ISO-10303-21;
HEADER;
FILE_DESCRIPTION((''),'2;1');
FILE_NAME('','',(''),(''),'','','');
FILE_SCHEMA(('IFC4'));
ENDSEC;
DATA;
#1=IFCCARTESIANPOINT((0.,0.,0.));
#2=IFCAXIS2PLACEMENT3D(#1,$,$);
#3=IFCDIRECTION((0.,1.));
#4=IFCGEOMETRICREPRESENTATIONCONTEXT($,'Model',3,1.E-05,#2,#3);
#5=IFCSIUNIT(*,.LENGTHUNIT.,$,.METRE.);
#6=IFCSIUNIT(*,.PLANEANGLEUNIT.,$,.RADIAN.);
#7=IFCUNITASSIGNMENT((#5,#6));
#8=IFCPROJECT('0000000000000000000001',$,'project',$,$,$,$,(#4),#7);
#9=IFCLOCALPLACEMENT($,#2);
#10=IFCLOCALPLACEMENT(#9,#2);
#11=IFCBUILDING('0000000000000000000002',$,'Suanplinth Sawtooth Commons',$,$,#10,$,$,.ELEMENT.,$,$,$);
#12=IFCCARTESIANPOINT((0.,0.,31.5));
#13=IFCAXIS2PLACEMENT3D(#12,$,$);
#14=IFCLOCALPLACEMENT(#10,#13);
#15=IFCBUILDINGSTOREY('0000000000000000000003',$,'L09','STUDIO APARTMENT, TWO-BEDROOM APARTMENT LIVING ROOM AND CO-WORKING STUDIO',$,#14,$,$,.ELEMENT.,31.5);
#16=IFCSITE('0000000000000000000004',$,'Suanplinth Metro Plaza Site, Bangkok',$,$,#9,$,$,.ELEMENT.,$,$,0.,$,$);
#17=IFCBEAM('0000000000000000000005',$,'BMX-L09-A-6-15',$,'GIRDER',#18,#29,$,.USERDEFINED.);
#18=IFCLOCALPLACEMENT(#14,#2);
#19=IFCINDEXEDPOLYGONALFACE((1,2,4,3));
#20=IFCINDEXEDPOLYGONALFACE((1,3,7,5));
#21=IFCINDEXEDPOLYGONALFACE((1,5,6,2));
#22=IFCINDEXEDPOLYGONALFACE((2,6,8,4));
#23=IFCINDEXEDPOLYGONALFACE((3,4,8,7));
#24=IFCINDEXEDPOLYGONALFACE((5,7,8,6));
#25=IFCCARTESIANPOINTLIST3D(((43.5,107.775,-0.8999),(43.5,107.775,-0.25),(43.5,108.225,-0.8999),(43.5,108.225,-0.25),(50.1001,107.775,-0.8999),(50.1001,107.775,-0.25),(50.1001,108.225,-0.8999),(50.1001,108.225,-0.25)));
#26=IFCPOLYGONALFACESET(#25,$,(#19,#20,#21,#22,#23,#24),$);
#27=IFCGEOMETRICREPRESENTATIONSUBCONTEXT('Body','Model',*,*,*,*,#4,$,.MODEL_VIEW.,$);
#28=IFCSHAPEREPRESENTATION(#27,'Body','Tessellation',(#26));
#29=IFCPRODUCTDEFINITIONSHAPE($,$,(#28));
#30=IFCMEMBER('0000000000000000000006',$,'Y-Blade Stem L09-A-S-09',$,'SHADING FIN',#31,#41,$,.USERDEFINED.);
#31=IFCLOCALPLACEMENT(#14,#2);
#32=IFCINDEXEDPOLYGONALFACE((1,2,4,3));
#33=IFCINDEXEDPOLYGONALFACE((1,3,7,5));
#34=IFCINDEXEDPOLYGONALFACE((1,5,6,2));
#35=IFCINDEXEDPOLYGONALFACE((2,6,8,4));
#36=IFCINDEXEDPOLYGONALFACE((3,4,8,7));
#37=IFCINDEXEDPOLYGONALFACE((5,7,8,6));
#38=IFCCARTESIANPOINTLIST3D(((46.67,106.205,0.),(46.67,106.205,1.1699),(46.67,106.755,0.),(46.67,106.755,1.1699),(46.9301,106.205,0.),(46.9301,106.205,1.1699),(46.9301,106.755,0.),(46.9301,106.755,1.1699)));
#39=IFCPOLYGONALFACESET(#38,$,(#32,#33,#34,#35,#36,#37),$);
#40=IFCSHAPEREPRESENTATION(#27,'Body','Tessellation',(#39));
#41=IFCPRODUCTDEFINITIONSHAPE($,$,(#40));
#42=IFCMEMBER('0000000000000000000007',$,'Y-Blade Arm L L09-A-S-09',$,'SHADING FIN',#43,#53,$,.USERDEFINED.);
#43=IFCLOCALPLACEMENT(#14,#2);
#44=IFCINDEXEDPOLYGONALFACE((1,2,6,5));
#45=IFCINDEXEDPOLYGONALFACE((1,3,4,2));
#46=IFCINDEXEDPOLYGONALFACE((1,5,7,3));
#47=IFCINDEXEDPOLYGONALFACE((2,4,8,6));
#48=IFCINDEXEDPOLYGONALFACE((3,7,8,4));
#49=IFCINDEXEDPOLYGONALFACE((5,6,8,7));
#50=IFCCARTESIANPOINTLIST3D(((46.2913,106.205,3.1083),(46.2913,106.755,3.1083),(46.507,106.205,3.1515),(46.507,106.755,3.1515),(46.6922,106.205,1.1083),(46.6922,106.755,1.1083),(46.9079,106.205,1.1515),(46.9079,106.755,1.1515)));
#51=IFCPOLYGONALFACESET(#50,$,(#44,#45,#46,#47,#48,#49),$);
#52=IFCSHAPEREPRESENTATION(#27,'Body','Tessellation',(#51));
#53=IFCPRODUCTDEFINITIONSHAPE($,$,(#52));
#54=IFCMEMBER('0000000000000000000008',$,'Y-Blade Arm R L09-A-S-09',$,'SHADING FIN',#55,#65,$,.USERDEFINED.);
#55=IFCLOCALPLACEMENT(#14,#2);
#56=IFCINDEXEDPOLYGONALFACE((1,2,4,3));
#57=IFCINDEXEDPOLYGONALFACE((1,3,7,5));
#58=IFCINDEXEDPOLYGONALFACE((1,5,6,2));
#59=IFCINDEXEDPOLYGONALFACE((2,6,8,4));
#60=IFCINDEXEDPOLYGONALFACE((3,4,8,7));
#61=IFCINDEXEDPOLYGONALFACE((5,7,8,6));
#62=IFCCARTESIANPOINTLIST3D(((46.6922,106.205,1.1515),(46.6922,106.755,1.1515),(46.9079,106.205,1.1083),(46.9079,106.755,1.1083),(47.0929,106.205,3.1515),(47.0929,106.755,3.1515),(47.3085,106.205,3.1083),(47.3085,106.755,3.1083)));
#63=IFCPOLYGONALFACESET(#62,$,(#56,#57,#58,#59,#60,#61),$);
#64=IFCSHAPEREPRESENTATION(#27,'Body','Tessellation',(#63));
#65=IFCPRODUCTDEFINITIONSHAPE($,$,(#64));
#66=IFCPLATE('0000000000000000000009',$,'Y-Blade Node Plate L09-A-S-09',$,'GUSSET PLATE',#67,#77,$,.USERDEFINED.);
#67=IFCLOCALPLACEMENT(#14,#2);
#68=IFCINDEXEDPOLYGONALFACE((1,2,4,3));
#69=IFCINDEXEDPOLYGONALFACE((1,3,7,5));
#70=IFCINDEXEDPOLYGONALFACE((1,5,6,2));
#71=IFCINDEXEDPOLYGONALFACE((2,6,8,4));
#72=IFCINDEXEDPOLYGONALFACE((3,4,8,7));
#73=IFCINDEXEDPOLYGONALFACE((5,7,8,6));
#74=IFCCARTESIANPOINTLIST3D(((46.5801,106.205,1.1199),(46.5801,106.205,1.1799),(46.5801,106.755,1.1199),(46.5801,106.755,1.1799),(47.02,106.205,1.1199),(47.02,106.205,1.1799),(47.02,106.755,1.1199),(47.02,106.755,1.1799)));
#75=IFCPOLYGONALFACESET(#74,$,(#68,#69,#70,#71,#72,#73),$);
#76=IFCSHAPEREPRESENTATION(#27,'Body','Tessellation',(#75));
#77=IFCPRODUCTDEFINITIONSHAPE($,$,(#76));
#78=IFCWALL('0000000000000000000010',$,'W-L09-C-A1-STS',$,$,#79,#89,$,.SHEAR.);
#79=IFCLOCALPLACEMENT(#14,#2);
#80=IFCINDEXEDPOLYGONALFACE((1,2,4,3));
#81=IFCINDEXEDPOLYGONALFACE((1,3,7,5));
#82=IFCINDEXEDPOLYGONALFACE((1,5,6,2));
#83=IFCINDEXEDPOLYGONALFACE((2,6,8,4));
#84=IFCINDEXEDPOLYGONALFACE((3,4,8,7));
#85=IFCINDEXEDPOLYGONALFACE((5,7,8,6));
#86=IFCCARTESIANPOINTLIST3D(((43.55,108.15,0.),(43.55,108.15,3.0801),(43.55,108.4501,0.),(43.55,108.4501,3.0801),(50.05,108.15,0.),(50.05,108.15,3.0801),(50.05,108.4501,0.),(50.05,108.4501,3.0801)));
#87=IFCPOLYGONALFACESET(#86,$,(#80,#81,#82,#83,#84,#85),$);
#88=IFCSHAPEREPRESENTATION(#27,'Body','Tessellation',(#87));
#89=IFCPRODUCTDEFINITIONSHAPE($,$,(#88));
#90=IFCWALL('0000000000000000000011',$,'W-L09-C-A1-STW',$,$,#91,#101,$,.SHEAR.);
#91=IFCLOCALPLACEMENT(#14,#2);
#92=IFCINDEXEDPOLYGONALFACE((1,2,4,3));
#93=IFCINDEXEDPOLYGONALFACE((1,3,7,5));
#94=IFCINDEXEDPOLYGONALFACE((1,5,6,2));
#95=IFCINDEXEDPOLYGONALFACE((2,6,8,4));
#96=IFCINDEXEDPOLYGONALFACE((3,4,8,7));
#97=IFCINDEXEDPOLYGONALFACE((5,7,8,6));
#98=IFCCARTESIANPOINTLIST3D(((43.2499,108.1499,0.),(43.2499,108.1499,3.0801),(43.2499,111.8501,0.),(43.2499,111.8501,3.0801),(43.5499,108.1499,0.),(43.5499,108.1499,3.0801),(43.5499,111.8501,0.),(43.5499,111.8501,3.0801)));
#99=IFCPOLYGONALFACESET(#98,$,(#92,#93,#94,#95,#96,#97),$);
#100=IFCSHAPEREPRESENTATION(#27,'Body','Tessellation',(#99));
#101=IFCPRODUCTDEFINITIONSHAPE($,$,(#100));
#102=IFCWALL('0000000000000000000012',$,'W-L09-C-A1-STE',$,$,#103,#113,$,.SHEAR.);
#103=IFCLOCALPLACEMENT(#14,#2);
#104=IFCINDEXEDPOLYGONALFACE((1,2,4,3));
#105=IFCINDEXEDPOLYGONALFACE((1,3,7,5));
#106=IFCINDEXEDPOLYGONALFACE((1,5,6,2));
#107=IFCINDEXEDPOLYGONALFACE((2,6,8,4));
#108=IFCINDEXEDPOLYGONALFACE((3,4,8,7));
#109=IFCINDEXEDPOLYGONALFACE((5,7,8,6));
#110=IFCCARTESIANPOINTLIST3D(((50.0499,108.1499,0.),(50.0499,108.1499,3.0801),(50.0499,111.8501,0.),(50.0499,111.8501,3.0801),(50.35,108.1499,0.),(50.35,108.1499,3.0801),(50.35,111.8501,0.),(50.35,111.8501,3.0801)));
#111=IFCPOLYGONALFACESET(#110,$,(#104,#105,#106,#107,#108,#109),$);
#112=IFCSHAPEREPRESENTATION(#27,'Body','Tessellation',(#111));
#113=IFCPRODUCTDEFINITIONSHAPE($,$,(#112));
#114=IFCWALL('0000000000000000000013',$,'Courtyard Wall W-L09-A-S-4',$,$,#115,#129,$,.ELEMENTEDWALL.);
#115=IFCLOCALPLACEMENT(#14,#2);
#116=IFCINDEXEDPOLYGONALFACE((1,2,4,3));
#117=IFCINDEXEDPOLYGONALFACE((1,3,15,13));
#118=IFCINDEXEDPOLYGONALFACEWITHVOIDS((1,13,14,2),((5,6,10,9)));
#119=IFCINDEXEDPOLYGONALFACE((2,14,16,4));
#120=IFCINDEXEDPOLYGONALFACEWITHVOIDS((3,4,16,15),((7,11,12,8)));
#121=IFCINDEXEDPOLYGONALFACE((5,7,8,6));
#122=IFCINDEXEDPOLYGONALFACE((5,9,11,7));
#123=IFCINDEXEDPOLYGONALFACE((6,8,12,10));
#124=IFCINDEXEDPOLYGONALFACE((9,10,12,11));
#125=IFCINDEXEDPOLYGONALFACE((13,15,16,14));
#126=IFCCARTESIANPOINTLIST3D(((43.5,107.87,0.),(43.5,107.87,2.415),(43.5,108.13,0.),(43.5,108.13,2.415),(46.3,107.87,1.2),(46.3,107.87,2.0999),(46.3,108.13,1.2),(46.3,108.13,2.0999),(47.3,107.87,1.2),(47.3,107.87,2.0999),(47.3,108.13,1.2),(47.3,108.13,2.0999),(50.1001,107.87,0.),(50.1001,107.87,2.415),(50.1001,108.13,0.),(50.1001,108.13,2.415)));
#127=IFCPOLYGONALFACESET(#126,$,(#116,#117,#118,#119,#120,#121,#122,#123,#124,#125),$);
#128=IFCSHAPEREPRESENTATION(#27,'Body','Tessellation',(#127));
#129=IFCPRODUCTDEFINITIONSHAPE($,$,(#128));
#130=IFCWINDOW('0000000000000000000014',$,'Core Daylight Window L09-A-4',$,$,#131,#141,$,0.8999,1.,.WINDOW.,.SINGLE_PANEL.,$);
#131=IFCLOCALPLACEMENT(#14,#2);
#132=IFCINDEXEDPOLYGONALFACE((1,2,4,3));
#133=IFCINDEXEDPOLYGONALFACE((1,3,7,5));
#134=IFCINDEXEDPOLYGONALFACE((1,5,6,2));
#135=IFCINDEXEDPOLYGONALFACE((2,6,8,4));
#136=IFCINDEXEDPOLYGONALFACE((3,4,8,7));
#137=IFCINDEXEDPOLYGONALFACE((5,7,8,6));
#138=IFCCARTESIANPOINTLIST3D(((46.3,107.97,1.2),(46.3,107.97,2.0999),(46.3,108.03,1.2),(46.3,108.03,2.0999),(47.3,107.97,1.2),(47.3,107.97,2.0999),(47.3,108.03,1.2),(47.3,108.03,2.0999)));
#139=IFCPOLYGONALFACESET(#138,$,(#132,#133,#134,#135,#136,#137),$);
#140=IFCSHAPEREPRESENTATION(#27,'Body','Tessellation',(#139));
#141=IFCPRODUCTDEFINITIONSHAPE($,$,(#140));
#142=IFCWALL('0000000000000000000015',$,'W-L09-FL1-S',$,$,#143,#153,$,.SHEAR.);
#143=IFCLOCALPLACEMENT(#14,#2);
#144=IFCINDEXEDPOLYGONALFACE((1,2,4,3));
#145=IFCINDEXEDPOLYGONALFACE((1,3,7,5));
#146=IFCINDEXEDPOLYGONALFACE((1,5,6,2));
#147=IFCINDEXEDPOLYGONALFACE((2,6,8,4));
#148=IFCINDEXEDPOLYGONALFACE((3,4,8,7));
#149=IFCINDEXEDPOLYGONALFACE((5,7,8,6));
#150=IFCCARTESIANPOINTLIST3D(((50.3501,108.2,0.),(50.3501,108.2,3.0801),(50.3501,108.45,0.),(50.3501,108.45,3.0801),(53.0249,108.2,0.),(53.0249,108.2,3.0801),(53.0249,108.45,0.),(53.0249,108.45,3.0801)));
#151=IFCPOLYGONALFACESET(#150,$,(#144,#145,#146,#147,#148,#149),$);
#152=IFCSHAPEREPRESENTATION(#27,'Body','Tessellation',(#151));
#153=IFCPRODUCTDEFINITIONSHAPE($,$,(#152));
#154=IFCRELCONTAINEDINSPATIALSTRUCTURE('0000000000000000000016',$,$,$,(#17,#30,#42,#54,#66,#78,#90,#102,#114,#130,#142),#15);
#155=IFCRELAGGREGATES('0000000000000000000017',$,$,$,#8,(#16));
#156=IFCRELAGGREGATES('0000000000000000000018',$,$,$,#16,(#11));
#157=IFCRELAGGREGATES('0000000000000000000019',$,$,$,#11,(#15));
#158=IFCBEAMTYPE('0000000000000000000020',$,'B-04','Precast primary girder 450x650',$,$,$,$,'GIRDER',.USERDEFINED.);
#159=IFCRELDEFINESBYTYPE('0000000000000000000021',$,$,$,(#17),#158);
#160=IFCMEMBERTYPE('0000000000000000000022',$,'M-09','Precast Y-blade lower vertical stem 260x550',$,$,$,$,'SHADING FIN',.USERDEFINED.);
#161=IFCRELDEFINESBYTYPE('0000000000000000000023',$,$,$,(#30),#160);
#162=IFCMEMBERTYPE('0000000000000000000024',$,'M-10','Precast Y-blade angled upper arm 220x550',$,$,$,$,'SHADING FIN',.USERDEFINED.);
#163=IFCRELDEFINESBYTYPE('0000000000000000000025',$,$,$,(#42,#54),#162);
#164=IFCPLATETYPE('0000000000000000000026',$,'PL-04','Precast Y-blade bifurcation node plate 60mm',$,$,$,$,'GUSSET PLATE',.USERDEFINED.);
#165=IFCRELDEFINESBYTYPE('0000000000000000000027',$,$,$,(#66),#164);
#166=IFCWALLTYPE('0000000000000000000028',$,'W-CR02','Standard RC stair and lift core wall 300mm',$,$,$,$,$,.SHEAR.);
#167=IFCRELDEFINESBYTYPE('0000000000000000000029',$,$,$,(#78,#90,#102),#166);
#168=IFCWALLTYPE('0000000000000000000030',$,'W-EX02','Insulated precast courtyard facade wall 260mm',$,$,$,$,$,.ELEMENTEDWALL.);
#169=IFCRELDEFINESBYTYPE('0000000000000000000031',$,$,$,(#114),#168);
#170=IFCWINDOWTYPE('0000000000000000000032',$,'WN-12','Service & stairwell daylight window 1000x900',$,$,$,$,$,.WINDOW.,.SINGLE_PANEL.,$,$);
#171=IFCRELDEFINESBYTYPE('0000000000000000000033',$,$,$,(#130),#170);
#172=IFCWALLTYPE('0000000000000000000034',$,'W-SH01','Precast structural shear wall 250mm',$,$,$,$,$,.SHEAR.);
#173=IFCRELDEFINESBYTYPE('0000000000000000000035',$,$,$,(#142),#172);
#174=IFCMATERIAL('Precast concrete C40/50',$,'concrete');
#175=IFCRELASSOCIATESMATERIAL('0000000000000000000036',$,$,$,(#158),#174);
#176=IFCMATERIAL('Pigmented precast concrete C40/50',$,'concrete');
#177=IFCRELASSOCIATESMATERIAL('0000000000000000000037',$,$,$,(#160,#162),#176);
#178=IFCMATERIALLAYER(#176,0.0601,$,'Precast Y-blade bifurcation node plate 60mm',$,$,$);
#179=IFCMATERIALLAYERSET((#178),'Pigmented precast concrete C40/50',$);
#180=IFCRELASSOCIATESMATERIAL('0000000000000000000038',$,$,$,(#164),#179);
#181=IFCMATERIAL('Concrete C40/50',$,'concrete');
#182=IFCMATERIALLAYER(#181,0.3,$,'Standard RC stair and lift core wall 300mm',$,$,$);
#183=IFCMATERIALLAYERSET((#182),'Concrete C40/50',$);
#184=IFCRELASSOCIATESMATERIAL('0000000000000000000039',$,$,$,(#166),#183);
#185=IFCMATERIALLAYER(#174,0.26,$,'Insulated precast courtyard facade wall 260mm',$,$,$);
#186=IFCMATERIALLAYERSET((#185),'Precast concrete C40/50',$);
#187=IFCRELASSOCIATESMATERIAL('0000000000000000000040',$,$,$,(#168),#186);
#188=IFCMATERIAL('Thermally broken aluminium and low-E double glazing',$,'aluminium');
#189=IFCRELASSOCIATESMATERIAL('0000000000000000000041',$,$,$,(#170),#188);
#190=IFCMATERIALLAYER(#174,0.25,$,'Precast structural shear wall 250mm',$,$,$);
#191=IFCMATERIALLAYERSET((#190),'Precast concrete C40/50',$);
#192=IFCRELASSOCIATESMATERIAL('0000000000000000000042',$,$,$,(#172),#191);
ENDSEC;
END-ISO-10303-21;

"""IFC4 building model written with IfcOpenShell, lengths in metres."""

from ifc_helpers import new_model, si_unit, direction, frame, frame_2d, origin, origin_2d, place, context, subcontext, project, spatial, rectangle, extrude, material, layer, layer_set, material_profile, profile_set, type_object, element, fill, save


model = new_model("IFC4")

# Units and contexts
model_context = context("Model", 3, precision=1e-05, world=origin(), true_north=direction((0.0, 1.0)))
body_context = subcontext(model_context, "Body", "Model", "MODEL_VIEW")
ifc_project = project(units=[si_unit("LENGTHUNIT", "METRE"), si_unit("PLANEANGLEUNIT", "RADIAN")], contexts=[model_context])

# Site, building, storey
site_placement = place(None, origin())
site = spatial("IfcSite", under=ifc_project, at=site_placement, Name="Suanplinth Metro Plaza Site, Bangkok", CompositionType="ELEMENT", RefElevation=0.0)
building_placement = place(site_placement, origin())
building = spatial("IfcBuilding", under=site, at=building_placement, Name="Suanplinth Sawtooth Commons", CompositionType="ELEMENT")
storey_placement = place(building_placement, frame((0.0, 0.0, 31.5)))
storey = spatial("IfcBuildingStorey", under=building, at=storey_placement, Name="L09", Description="STUDIO APARTMENT, TWO-BEDROOM APARTMENT LIVING ROOM AND CO-WORKING STUDIO", CompositionType="ELEMENT", Elevation=31.5)

# Beam
ifc_material_1 = material(Name="Precast concrete C40/50", Category="concrete")
ifc_material_profile_1 = material_profile(ifc_material_1, rectangle(XDim=0.45, YDim=0.6499, at=origin_2d()), Name="PC-GDR 450x650")
ifc_profile_set_1 = profile_set([ifc_material_profile_1], Name="Precast concrete C40/50")
beam_type = type_object("IfcBeamType", Name="B-04", Description="Precast primary girder 450x650", ElementType="GIRDER", PredefinedType="USERDEFINED", material=ifc_profile_set_1)
beam_placement = place(storey_placement, frame((43.5, 108.0, -0.575), z_axis=(1.0, 0.0, 0.0), x_axis=(0.0, 1.0, 0.0)))
element("IfcBeam", 1, at=beam_placement, inside=storey, type_object=beam_type, Name="BMX-L09-A-6-15", ObjectType="GIRDER", PredefinedType="USERDEFINED", context=body_context, shape_type="SweptSolid", body=[
    extrude(rectangle(XDim=0.45, YDim=0.6499, at=origin_2d()), origin(), (0.0, 0.0, 1.0), 6.6001),
])

# Members
ifc_material_2 = material(Name="Pigmented precast concrete C40/50", Category="concrete")
ifc_material_profile_2 = material_profile(ifc_material_2, rectangle(XDim=0.26, YDim=0.55, at=origin_2d()), Name="PC-FIN 260x550")
ifc_profile_set_2 = profile_set([ifc_material_profile_2], Name="Pigmented precast concrete C40/50")
member_type_1 = type_object("IfcMemberType", Name="M-09", Description="Precast Y-blade lower vertical stem 260x550", ElementType="SHADING FIN", PredefinedType="USERDEFINED", material=ifc_profile_set_2)
member_placement = place(storey_placement, frame((46.8, 106.48, 0.0), z_axis=(0.0, 0.0, 1.0), x_axis=(1.0, 0.0, 0.0)))
element("IfcMember", 2, at=member_placement, inside=storey, type_object=member_type_1, Name="Y-Blade Stem L09-A-S-09", ObjectType="SHADING FIN", PredefinedType="USERDEFINED", context=body_context, shape_type="SweptSolid", body=[
    extrude(rectangle(XDim=0.26, YDim=0.55, at=origin_2d()), origin(), (0.0, 0.0, 1.0), 1.1699),
])
ifc_material_profile_3 = material_profile(ifc_material_2, rectangle(XDim=0.22, YDim=0.55, at=origin_2d()), Name="PC-FIN 220x550")
ifc_profile_set_3 = profile_set([ifc_material_profile_3], Name="Pigmented precast concrete C40/50")
member_type_2 = type_object("IfcMemberType", Name="M-10", Description="Precast Y-blade angled upper arm 220x550", ElementType="SHADING FIN", PredefinedType="USERDEFINED", material=ifc_profile_set_3)
for number, where, z_axis, x_axis, name in (
    (3, (46.8, 106.48, 1.1299), (-0.19653, 0.0, 0.980498), (0.980498, 0.0, 0.19653), "Y-Blade Arm L L09-A-S-09"),
    (4, (46.8, 106.48, 1.1299), (0.196415, 0.0, 0.980521), (-0.980521, 0.0, 0.196415), "Y-Blade Arm R L09-A-S-09"),
):
    element("IfcMember", number, at=place(storey_placement, frame(where, z_axis=z_axis, x_axis=x_axis)), inside=storey, type_object=member_type_2, Name=name, ObjectType="SHADING FIN", PredefinedType="USERDEFINED", context=body_context, shape_type="SweptSolid", body=[
        extrude(rectangle(XDim=0.22, YDim=0.55, at=origin_2d()), origin(), (0.0, 0.0, 1.0), 2.0398),
    ])

# Plate
ifc_layer_1 = layer(ifc_material_2, 0.0601, Name="Precast Y-blade bifurcation node plate 60mm")
ifc_layer_set_1 = layer_set([ifc_layer_1], Name="Pigmented precast concrete C40/50")
plate_type = type_object("IfcPlateType", Name="PL-04", Description="Precast Y-blade bifurcation node plate 60mm", ElementType="GUSSET PLATE", PredefinedType="USERDEFINED", material=ifc_layer_set_1)
plate_placement = place(storey_placement, frame((46.8, 106.48, 1.1199), z_axis=(0.0, 0.0, 1.0), x_axis=(1.0, 0.0, 0.0)))
element("IfcPlate", 5, at=plate_placement, inside=storey, type_object=plate_type, Name="Y-Blade Node Plate L09-A-S-09", ObjectType="GUSSET PLATE", PredefinedType="USERDEFINED", context=body_context, shape_type="SweptSolid", body=[
    extrude(rectangle(XDim=0.4399, YDim=0.55, at=origin_2d()), origin(), (0.0, 0.0, 1.0), 0.0601),
])

# Walls
ifc_material_3 = material(Name="Concrete C40/50", Category="concrete")
ifc_layer_2 = layer(ifc_material_3, 0.3, Name="Standard RC stair and lift core wall 300mm")
ifc_layer_set_2 = layer_set([ifc_layer_2], Name="Concrete C40/50")
wall_type_1 = type_object("IfcWallType", Name="W-CR02", Description="Standard RC stair and lift core wall 300mm", PredefinedType="SHEAR", material=ifc_layer_set_2)
wall_1_placement = place(storey_placement, frame((43.55, 108.3, 0.0), z_axis=(0.0, 0.0, 1.0), x_axis=(1.0, 0.0, 0.0)))
element("IfcWall", 6, at=wall_1_placement, inside=storey, type_object=wall_type_1, Name="W-L09-C-A1-STS", PredefinedType="SHEAR", context=body_context, shape_type="SweptSolid", body=[
    extrude(rectangle(XDim=6.5, YDim=0.3, at=frame_2d((3.25, 0.0))), origin(), (0.0, 0.0, 1.0), 3.0801),
])
for number, where, z_axis, x_axis, name in (
    (7, (43.3999, 108.1499, 0.0), (0.0, 0.0, 1.0), (0.0, 1.0, 0.0), "W-L09-C-A1-STW"),
    (8, (50.2, 108.1499, 0.0), (0.0, 0.0, 1.0), (0.0, 1.0, 0.0), "W-L09-C-A1-STE"),
):
    element("IfcWall", number, at=place(storey_placement, frame(where, z_axis=z_axis, x_axis=x_axis)), inside=storey, type_object=wall_type_1, Name=name, PredefinedType="SHEAR", context=body_context, shape_type="SweptSolid", body=[
        extrude(rectangle(XDim=3.7002, YDim=0.3, at=frame_2d((1.8501, 0.0))), origin(), (0.0, 0.0, 1.0), 3.0801),
    ])

# Wall, opening, window
ifc_layer_3 = layer(ifc_material_1, 0.26, Name="Insulated precast courtyard facade wall 260mm")
ifc_layer_set_3 = layer_set([ifc_layer_3], Name="Precast concrete C40/50")
wall_type_2 = type_object("IfcWallType", Name="W-EX02", Description="Insulated precast courtyard facade wall 260mm", PredefinedType="ELEMENTEDWALL", material=ifc_layer_set_3)
wall_2_placement = place(storey_placement, frame((43.5, 108.0, 0.0), z_axis=(0.0, 0.0, 1.0), x_axis=(1.0, 0.0, 0.0)))
wall_2 = element("IfcWall", 9, at=wall_2_placement, inside=storey, type_object=wall_type_2, Name="Courtyard Wall W-L09-A-S-4", PredefinedType="ELEMENTEDWALL", context=body_context, shape_type="SweptSolid", body=[
    extrude(rectangle(XDim=6.6001, YDim=0.26, at=frame_2d((3.3, 0.0))), origin(), (0.0, 0.0, 1.0), 2.415),
])
opening_1_placement = place(wall_2_placement, frame((2.8, 0.0, 1.2)))
opening_1 = element("IfcOpeningElement", 10, at=opening_1_placement, cuts=wall_2, PredefinedType="OPENING", context=body_context, shape_type="SweptSolid", body=[
    extrude(rectangle(XDim=1.0, YDim=0.8999, at=frame_2d((0.5, 0.45))), frame((0.0, 0.145, 0.0), z_axis=(0.0, -1.0, 0.0), x_axis=(1.0, 0.0, 0.0)), (0.0, 0.0, 1.0), 0.2898),
])
ifc_material_4 = material(Name="Thermally broken aluminium and low-E double glazing", Category="aluminium")
window_type = type_object("IfcWindowType", Name="WN-12", Description="Service & stairwell daylight window 1000x900", PartitioningType="SINGLE_PANEL", PredefinedType="WINDOW", material=ifc_material_4)
window_placement = place(opening_1_placement, origin())
window = element("IfcWindow", 11, at=window_placement, inside=storey, type_object=window_type, Name="Core Daylight Window L09-A-4", OverallHeight=0.8999, OverallWidth=1.0, PartitioningType="SINGLE_PANEL", PredefinedType="WINDOW", context=body_context, shape_type="SweptSolid", body=[
    extrude(rectangle(XDim=1.0, YDim=0.8999, at=frame_2d((0.5, 0.45))), frame((0.0, 0.03, 0.0), z_axis=(0.0, -1.0, 0.0), x_axis=(1.0, 0.0, 0.0)), (0.0, 0.0, 1.0), 0.0601),
])
fill(opening_1, window)

# Wall
ifc_layer_4 = layer(ifc_material_1, 0.25, Name="Precast structural shear wall 250mm")
ifc_layer_set_4 = layer_set([ifc_layer_4], Name="Precast concrete C40/50")
wall_type_3 = type_object("IfcWallType", Name="W-SH01", Description="Precast structural shear wall 250mm", PredefinedType="SHEAR", material=ifc_layer_set_4)
wall_3_placement = place(storey_placement, frame((50.3501, 108.325, 0.0), z_axis=(0.0, 0.0, 1.0), x_axis=(1.0, 0.0, 0.0)))
element("IfcWall", 12, at=wall_3_placement, inside=storey, type_object=wall_type_3, Name="W-L09-FL1-S", PredefinedType="SHEAR", context=body_context, shape_type="SweptSolid", body=[
    extrude(rectangle(XDim=2.6748, YDim=0.25, at=frame_2d((1.3374, 0.0))), origin(), (0.0, 0.0, 1.0), 3.0801),
])

save(model, "model.ifc")
